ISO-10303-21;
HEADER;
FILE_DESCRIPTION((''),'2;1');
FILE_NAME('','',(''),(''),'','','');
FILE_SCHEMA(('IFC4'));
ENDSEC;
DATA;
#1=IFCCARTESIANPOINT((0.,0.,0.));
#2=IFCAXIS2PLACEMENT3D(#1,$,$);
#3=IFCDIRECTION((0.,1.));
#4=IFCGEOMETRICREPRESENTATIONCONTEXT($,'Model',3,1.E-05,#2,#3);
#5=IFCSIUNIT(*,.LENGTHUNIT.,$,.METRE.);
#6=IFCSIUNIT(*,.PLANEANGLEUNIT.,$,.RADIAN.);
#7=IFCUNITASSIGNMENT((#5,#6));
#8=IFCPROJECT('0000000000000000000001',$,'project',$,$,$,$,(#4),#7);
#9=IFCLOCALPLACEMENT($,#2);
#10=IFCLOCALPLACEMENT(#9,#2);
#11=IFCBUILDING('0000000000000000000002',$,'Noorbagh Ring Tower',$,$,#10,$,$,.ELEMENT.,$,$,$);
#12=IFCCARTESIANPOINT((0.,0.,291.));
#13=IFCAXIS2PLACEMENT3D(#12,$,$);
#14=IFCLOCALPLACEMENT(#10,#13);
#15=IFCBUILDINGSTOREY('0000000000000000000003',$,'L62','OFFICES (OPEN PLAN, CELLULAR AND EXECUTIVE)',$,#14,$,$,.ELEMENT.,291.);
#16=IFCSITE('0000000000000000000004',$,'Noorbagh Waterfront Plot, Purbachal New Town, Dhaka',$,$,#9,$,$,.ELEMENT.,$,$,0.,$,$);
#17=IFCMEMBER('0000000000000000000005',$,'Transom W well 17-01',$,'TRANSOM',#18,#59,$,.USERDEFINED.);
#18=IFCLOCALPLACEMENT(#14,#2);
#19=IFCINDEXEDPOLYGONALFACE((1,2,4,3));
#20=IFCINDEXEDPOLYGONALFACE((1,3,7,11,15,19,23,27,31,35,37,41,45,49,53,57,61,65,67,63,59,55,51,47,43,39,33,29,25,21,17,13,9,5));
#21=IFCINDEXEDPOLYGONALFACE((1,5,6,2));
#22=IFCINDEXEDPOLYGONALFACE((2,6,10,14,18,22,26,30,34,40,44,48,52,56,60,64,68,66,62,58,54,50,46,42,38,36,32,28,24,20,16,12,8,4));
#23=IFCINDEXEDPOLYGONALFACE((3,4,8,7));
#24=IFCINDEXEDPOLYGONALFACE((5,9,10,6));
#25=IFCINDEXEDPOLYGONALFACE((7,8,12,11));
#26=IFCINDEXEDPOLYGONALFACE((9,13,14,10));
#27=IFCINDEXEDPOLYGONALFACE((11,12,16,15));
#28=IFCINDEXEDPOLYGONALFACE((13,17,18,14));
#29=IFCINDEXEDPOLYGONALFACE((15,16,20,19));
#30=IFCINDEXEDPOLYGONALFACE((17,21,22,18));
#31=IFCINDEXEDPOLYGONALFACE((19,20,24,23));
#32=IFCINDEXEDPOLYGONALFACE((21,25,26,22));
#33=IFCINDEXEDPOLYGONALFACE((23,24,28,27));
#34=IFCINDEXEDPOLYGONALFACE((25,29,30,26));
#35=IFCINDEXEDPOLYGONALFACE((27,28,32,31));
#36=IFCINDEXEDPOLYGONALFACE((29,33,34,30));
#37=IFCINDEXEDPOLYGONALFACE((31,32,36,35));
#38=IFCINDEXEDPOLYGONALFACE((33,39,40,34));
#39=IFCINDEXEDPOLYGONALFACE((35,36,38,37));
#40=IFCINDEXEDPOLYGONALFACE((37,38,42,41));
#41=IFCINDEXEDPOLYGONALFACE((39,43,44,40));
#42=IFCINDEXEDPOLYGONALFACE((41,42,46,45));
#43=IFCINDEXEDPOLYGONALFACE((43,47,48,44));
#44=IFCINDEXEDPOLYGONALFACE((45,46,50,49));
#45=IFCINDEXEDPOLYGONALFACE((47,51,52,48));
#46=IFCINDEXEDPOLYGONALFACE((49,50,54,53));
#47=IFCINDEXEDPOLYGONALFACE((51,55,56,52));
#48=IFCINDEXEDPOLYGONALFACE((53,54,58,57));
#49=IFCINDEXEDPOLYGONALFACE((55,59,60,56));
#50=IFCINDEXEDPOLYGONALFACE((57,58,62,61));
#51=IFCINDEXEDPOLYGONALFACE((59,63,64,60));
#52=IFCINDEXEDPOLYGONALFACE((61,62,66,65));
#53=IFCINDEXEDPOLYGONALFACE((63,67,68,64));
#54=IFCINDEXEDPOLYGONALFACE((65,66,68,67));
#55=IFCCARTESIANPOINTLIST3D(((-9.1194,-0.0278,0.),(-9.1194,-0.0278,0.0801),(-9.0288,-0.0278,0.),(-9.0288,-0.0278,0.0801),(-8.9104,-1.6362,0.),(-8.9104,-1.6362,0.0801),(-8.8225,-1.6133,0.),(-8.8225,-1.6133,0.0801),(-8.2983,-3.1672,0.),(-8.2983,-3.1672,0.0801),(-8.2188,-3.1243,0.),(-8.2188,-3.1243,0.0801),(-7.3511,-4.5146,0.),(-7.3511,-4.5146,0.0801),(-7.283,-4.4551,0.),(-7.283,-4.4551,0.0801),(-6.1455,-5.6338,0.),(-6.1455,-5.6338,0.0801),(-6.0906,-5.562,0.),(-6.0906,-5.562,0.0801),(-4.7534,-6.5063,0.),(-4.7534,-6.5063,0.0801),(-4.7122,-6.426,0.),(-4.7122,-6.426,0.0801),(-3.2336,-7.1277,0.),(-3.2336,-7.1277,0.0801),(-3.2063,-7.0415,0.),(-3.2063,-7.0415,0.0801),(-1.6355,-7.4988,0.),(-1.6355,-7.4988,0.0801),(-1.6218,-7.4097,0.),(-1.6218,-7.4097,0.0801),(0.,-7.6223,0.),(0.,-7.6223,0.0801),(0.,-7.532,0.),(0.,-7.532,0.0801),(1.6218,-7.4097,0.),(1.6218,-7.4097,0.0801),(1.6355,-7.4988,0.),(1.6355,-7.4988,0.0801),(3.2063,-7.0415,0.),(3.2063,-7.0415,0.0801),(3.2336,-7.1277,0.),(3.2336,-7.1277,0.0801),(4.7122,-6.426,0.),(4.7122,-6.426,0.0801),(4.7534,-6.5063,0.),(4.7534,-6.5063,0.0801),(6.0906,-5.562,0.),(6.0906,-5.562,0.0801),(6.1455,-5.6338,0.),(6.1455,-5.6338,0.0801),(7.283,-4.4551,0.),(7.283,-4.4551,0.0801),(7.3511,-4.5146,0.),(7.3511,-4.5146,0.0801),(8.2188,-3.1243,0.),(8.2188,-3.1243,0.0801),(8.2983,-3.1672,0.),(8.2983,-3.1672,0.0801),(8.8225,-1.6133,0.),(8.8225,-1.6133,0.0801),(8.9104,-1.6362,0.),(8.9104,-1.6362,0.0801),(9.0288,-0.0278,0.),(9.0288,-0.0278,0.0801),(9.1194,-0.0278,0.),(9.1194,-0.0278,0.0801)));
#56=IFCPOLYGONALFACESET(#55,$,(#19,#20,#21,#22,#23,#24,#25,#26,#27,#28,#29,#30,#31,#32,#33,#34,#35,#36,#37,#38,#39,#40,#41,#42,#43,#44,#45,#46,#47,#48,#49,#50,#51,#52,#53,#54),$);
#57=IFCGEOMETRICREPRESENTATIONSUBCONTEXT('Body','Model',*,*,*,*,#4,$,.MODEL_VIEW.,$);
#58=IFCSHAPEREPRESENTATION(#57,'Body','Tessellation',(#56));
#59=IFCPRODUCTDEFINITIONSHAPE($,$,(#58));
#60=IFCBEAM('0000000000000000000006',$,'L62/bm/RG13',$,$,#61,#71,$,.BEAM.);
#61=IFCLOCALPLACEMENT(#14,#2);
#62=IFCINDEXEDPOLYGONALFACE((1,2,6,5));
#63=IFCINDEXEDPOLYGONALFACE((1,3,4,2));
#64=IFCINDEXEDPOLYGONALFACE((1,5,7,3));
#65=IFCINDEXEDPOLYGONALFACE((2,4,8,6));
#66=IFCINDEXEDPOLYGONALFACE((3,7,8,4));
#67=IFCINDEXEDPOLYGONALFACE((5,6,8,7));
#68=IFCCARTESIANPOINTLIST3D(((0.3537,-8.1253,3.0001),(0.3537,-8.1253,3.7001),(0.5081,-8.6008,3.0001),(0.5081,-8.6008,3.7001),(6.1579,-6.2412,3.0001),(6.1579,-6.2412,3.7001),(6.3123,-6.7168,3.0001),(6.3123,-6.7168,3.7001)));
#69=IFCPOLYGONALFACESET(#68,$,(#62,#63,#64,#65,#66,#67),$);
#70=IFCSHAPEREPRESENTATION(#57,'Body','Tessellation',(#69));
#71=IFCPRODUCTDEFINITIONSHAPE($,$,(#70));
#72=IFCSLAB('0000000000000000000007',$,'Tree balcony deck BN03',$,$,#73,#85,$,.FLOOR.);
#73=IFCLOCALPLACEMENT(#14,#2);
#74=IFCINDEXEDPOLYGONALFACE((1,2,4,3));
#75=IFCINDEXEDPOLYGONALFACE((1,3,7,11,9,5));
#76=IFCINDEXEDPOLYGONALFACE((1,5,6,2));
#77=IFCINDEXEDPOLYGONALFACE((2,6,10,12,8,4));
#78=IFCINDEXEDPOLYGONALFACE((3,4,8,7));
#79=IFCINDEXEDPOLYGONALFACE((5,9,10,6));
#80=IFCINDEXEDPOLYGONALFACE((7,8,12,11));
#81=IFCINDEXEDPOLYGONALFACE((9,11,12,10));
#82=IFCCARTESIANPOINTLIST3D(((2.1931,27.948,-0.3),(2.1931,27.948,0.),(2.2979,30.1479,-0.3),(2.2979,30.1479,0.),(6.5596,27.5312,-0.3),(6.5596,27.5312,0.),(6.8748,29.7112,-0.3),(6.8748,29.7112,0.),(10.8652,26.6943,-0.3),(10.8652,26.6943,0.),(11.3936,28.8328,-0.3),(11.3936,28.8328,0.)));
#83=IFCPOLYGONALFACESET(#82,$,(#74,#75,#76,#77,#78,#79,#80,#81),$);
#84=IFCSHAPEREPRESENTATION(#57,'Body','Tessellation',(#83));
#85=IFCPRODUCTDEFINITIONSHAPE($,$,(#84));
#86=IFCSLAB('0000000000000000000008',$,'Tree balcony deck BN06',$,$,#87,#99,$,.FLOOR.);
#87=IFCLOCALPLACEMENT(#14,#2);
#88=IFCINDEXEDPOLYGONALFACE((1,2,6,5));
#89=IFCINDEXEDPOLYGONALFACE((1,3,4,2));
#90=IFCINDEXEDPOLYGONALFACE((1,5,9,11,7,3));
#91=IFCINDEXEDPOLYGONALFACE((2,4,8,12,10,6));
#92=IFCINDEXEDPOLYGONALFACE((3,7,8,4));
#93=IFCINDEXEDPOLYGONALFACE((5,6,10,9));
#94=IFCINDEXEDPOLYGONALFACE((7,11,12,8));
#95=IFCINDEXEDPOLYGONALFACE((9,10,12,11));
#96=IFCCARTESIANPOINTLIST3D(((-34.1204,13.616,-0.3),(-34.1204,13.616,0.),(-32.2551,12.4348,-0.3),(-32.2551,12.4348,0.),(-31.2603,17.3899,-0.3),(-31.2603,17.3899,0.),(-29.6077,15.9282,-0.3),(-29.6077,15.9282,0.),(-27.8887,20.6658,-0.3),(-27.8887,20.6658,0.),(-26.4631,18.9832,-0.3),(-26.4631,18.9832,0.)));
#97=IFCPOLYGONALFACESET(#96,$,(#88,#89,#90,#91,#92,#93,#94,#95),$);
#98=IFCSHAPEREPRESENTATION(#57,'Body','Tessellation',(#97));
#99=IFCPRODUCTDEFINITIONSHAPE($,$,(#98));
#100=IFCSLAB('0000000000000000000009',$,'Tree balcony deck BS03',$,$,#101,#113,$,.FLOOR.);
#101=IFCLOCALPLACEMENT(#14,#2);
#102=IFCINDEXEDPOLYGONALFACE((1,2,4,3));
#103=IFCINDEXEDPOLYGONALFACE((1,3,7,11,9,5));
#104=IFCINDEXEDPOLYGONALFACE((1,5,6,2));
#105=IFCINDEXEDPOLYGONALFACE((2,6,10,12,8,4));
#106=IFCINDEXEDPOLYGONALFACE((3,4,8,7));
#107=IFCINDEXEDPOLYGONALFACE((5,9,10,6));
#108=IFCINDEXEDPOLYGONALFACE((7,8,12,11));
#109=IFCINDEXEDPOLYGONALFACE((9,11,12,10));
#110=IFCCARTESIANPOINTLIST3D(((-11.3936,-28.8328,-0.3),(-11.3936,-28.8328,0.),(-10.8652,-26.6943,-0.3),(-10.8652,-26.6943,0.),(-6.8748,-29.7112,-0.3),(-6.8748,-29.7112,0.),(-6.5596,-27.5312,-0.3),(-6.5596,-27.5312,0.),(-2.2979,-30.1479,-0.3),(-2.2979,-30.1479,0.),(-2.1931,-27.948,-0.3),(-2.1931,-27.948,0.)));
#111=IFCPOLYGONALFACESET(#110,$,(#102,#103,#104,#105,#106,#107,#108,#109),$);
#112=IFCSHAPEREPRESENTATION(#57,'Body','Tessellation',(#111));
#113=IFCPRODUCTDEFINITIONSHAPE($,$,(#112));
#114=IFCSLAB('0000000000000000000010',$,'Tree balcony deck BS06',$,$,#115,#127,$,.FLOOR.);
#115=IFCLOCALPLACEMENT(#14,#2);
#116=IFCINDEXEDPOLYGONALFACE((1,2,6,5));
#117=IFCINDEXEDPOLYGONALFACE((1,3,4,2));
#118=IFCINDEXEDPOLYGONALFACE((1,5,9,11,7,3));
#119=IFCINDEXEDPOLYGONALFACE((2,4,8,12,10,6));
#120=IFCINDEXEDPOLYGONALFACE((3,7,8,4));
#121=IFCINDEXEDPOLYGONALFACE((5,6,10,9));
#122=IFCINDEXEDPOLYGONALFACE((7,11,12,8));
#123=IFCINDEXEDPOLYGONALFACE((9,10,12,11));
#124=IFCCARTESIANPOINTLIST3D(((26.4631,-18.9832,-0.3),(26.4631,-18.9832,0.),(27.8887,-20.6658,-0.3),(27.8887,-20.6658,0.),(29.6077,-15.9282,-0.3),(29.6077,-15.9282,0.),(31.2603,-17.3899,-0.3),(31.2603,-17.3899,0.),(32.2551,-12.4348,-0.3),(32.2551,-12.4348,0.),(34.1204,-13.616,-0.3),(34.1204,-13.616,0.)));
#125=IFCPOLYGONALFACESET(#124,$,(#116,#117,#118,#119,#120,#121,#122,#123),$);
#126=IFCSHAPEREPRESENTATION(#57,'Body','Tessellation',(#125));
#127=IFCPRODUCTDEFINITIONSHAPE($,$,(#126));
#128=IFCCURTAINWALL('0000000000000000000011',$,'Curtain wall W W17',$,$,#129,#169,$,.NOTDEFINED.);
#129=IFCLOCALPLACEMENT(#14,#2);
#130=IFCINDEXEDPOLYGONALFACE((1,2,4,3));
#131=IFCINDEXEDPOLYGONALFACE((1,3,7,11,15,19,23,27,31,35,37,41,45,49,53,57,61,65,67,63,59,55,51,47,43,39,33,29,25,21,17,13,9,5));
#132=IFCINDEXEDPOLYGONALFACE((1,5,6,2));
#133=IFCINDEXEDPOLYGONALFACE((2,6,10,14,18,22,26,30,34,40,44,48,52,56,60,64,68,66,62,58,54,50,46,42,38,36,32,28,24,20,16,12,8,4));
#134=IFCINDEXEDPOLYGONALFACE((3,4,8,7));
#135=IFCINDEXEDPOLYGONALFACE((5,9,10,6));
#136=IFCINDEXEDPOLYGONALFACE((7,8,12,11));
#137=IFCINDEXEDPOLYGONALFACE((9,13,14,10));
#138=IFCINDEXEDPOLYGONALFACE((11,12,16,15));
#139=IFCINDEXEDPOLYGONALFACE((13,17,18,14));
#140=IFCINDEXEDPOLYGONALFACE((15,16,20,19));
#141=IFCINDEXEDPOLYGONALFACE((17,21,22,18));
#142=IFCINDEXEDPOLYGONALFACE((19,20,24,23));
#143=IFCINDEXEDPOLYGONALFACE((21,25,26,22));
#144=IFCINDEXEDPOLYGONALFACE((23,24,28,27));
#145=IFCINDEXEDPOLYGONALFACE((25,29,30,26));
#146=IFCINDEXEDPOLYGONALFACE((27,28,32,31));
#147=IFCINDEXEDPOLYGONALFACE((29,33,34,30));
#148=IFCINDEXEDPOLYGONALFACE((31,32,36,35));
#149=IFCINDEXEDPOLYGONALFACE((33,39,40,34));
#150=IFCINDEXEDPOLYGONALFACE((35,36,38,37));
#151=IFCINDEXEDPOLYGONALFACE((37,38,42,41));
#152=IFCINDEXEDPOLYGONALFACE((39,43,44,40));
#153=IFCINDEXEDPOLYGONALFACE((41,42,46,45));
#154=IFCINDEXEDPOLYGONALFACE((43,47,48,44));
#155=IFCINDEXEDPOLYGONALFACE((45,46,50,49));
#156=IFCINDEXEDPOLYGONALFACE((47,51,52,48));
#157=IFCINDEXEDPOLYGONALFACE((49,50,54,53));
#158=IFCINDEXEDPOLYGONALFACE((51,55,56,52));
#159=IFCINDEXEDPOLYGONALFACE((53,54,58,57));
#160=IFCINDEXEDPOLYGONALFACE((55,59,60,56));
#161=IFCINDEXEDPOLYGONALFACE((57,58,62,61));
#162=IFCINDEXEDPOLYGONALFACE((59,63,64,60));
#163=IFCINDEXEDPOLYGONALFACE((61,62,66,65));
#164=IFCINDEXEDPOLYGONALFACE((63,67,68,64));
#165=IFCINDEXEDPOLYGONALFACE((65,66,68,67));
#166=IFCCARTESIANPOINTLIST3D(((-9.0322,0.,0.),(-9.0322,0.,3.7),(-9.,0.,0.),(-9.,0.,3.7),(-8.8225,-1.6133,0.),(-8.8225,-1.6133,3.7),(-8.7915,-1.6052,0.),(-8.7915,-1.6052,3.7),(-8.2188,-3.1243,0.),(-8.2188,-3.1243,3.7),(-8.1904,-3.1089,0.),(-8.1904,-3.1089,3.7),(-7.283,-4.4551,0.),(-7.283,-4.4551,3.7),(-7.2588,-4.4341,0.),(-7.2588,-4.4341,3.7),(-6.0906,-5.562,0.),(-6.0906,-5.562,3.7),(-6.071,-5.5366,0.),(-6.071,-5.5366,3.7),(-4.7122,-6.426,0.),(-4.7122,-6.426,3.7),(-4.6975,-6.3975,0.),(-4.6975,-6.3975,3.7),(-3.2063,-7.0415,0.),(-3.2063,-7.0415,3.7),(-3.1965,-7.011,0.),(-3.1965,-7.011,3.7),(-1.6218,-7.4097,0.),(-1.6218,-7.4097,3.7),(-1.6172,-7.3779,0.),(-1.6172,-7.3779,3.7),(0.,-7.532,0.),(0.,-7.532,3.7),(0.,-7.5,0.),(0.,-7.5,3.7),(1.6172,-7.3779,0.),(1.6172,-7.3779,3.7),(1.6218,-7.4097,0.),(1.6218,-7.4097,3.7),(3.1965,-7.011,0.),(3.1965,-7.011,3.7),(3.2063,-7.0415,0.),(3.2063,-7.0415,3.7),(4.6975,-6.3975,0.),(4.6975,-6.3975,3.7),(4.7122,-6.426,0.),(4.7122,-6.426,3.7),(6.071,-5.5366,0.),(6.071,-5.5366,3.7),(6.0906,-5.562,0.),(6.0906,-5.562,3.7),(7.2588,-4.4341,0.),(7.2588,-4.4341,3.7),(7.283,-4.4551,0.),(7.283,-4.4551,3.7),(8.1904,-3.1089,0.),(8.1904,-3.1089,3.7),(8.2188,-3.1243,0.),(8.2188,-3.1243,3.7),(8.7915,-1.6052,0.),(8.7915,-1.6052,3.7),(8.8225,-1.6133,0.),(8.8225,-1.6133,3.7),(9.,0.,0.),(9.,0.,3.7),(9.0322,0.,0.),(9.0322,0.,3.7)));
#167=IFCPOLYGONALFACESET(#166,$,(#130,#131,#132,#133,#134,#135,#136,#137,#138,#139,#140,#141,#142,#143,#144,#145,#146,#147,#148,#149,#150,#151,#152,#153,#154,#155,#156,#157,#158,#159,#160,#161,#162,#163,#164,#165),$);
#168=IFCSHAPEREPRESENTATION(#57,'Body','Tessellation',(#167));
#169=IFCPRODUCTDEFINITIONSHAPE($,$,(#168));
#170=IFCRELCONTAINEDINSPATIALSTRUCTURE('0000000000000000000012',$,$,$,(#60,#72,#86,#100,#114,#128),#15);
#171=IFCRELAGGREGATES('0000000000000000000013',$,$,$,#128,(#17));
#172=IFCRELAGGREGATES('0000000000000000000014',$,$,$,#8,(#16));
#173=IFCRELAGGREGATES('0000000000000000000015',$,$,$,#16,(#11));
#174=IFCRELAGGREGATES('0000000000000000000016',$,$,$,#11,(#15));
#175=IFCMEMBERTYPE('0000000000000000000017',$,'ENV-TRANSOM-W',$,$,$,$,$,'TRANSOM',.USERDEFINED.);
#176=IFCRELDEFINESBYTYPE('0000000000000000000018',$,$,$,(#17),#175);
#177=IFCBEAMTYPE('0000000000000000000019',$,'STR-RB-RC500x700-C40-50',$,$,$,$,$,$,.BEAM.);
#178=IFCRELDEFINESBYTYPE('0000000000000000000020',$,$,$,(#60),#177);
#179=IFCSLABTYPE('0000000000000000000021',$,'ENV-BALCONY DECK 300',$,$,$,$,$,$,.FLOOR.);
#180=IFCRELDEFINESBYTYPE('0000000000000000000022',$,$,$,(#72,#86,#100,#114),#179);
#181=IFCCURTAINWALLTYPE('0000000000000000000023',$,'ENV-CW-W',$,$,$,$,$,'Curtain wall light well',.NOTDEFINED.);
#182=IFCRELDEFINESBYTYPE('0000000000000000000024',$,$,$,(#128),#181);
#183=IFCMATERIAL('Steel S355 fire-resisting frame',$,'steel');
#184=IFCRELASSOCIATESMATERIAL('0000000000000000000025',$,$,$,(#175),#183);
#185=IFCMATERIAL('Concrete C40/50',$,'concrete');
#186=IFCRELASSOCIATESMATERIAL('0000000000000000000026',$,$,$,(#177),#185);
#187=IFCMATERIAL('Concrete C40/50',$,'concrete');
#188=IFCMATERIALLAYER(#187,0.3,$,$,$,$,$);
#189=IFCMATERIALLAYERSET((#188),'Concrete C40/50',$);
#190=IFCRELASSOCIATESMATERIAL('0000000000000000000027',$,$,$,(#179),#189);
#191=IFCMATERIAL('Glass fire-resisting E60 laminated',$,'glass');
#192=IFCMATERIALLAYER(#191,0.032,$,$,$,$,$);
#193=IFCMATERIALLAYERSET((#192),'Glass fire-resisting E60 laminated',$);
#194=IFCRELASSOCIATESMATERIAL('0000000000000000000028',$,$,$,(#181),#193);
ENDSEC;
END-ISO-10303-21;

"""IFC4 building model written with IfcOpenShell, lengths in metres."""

from ifc_helpers import new_model, si_unit, direction, frame, origin, origin_2d, place, context, subcontext, project, spatial, polyline, rectangle, outline, extrude, material, layer, layer_set, material_profile, profile_set, type_object, element, aggregate, save


model = new_model("IFC4")

# Units and contexts
model_context = context("Model", 3, precision=1e-05, world=origin(), true_north=direction((0.0, 1.0)))
body_context = subcontext(model_context, "Body", "Model", "MODEL_VIEW")
ifc_project = project(units=[si_unit("LENGTHUNIT", "METRE"), si_unit("PLANEANGLEUNIT", "RADIAN")], contexts=[model_context])

# Site, building, storey
site_placement = place(None, origin())
site = spatial("IfcSite", under=ifc_project, at=site_placement, Name="Noorbagh Waterfront Plot, Purbachal New Town, Dhaka", CompositionType="ELEMENT", RefElevation=0.0)
building_placement = place(site_placement, origin())
building = spatial("IfcBuilding", under=site, at=building_placement, Name="Noorbagh Ring Tower", CompositionType="ELEMENT")
storey_placement = place(building_placement, frame((0.0, 0.0, 291.0)))
storey = spatial("IfcBuildingStorey", under=building, at=storey_placement, Name="L62", Description="OFFICES (OPEN PLAN, CELLULAR AND EXECUTIVE)", CompositionType="ELEMENT", Elevation=291.0)

# Member
ifc_material_1 = material(Name="Steel S355 fire-resisting frame", Category="steel")
member_type_1 = type_object("IfcMemberType", Name="ENV-TRANSOM-W", ElementType="TRANSOM", PredefinedType="USERDEFINED", material=ifc_material_1)
member_1_placement = place(storey_placement, origin())
member_1 = element("IfcMember", 1, at=member_1_placement, type_object=member_type_1, Name="Transom W well 17-01", ObjectType="TRANSOM", PredefinedType="USERDEFINED", context=body_context, shape_type="SweptSolid", body=[
    extrude(outline(polyline([(-9.1194, -0.0278), (-8.9104, -1.6362), (-8.2983, -3.1672), (-7.3511, -4.5146), (-6.1455, -5.6338), (-4.7534, -6.5063), (-3.2336, -7.1277), (-1.6355, -7.4988), (0.0, -7.6223), (1.6355, -7.4988), (3.2336, -7.1277), (4.7534, -6.5063), (6.1455, -5.6338), (7.3511, -4.5146), (8.2983, -3.1672), (8.9104, -1.6362), (9.1194, -0.0278), (9.0288, -0.0278), (8.8225, -1.6133), (8.2188, -3.1243), (7.283, -4.4551), (6.0906, -5.562), (4.7122, -6.426), (3.2063, -7.0415), (1.6218, -7.4097), (0.0, -7.532), (-1.6218, -7.4097), (-3.2063, -7.0415), (-4.7122, -6.426), (-6.0906, -5.562), (-7.283, -4.4551), (-8.2188, -3.1243), (-8.8225, -1.6133), (-9.0288, -0.0278), (-9.1194, -0.0278)])), origin(), (0.0, 0.0, 1.0), 0.0801),
])

# Beam
ifc_material_2 = material(Name="Concrete C40/50", Category="concrete")
ifc_material_profile_1 = material_profile(ifc_material_2, rectangle(XDim=0.5, YDim=0.7, at=origin_2d()), Name="RC500x700")
ifc_profile_set_1 = profile_set([ifc_material_profile_1], Name="Concrete C40/50")
beam_type = type_object("IfcBeamType", Name="STR-RB-RC500x700-C40-50", PredefinedType="BEAM", material=ifc_profile_set_1)
beam_placement = place(storey_placement, frame((0.4309, -8.363, 3.3501), z_axis=(0.951146, 0.30874, 0.0), x_axis=(-0.30874, 0.951146, 0.0)))
element("IfcBeam", 2, at=beam_placement, inside=storey, type_object=beam_type, Name="L62/bm/RG13", PredefinedType="BEAM", context=body_context, shape_type="SweptSolid", body=[
    extrude(rectangle(XDim=0.5, YDim=0.7, at=origin_2d()), origin(), (0.0, 0.0, 1.0), 6.1023),
])

# Slabs
ifc_material_3 = material(Name="Concrete C40/50", Category="concrete")
ifc_layer_1 = layer(ifc_material_3, 0.3)
ifc_layer_set_1 = layer_set([ifc_layer_1], Name="Concrete C40/50")
slab_type = type_object("IfcSlabType", Name="ENV-BALCONY DECK 300", PredefinedType="FLOOR", material=ifc_layer_set_1)
slab_1_placement = place(storey_placement, frame((0.0, 0.0, -0.3)))
element("IfcSlab", 3, at=slab_1_placement, inside=storey, type_object=slab_type, Name="Tree balcony deck BN03", PredefinedType="FLOOR", context=body_context, shape_type="SweptSolid", body=[
    extrude(outline(polyline([(11.3936, 28.8328), (6.8748, 29.7112), (2.2979, 30.1479), (2.1931, 27.948), (6.5596, 27.5312), (10.8652, 26.6943), (11.3936, 28.8328)])), origin(), (0.0, 0.0, 1.0), 0.3),
])
slab_2_placement = place(storey_placement, frame((0.0, 0.0, -0.3)))
element("IfcSlab", 4, at=slab_2_placement, inside=storey, type_object=slab_type, Name="Tree balcony deck BN06", PredefinedType="FLOOR", context=body_context, shape_type="SweptSolid", body=[
    extrude(outline(polyline([(-27.8887, 20.6658), (-31.2603, 17.3899), (-34.1204, 13.616), (-32.2551, 12.4348), (-29.6077, 15.9282), (-26.4631, 18.9832), (-27.8887, 20.6658)])), origin(), (0.0, 0.0, 1.0), 0.3),
])
slab_3_placement = place(storey_placement, frame((0.0, 0.0, -0.3)))
element("IfcSlab", 5, at=slab_3_placement, inside=storey, type_object=slab_type, Name="Tree balcony deck BS03", PredefinedType="FLOOR", context=body_context, shape_type="SweptSolid", body=[
    extrude(outline(polyline([(-11.3936, -28.8328), (-6.8748, -29.7112), (-2.2979, -30.1479), (-2.1931, -27.948), (-6.5596, -27.5312), (-10.8652, -26.6943), (-11.3936, -28.8328)])), origin(), (0.0, 0.0, 1.0), 0.3),
])
slab_4_placement = place(storey_placement, frame((0.0, 0.0, -0.3)))
element("IfcSlab", 6, at=slab_4_placement, inside=storey, type_object=slab_type, Name="Tree balcony deck BS06", PredefinedType="FLOOR", context=body_context, shape_type="SweptSolid", body=[
    extrude(outline(polyline([(27.8887, -20.6658), (31.2603, -17.3899), (34.1204, -13.616), (32.2551, -12.4348), (29.6077, -15.9282), (26.4631, -18.9832), (27.8887, -20.6658)])), origin(), (0.0, 0.0, 1.0), 0.3),
])

# Curtain wall
ifc_material_4 = material(Name="Glass fire-resisting E60 laminated", Category="glass")
ifc_layer_2 = layer(ifc_material_4, 0.032)
ifc_layer_set_2 = layer_set([ifc_layer_2], Name="Glass fire-resisting E60 laminated")
curtain_wall_type_1 = type_object("IfcCurtainWallType", Name="ENV-CW-W", ElementType="Curtain wall light well", PredefinedType="NOTDEFINED", material=ifc_layer_set_2)
curtain_wall_1_placement = place(storey_placement, origin())
curtain_wall_1 = element("IfcCurtainWall", 7, at=curtain_wall_1_placement, inside=storey, type_object=curtain_wall_type_1, Name="Curtain wall W W17", PredefinedType="NOTDEFINED", context=body_context, shape_type="SweptSolid", body=[
    extrude(outline(polyline([(-9.0322, 0.0), (-8.8225, -1.6133), (-8.2188, -3.1243), (-7.283, -4.4551), (-6.0906, -5.562), (-4.7122, -6.426), (-3.2063, -7.0415), (-1.6218, -7.4097), (0.0, -7.532), (1.6218, -7.4097), (3.2063, -7.0415), (4.7122, -6.426), (6.0906, -5.562), (7.283, -4.4551), (8.2188, -3.1243), (8.8225, -1.6133), (9.0322, 0.0), (9.0, 0.0), (8.7915, -1.6052), (8.1904, -3.1089), (7.2588, -4.4341), (6.071, -5.5366), (4.6975, -6.3975), (3.1965, -7.011), (1.6172, -7.3779), (0.0, -7.5), (-1.6172, -7.3779), (-3.1965, -7.011), (-4.6975, -6.3975), (-6.071, -5.5366), (-7.2588, -4.4341), (-8.1904, -3.1089), (-8.7915, -1.6052), (-9.0, 0.0), (-9.0322, 0.0)])), origin(), (0.0, 0.0, 1.0), 3.7),
])
aggregate(curtain_wall_1, [member_1])

save(model, "model.ifc")
